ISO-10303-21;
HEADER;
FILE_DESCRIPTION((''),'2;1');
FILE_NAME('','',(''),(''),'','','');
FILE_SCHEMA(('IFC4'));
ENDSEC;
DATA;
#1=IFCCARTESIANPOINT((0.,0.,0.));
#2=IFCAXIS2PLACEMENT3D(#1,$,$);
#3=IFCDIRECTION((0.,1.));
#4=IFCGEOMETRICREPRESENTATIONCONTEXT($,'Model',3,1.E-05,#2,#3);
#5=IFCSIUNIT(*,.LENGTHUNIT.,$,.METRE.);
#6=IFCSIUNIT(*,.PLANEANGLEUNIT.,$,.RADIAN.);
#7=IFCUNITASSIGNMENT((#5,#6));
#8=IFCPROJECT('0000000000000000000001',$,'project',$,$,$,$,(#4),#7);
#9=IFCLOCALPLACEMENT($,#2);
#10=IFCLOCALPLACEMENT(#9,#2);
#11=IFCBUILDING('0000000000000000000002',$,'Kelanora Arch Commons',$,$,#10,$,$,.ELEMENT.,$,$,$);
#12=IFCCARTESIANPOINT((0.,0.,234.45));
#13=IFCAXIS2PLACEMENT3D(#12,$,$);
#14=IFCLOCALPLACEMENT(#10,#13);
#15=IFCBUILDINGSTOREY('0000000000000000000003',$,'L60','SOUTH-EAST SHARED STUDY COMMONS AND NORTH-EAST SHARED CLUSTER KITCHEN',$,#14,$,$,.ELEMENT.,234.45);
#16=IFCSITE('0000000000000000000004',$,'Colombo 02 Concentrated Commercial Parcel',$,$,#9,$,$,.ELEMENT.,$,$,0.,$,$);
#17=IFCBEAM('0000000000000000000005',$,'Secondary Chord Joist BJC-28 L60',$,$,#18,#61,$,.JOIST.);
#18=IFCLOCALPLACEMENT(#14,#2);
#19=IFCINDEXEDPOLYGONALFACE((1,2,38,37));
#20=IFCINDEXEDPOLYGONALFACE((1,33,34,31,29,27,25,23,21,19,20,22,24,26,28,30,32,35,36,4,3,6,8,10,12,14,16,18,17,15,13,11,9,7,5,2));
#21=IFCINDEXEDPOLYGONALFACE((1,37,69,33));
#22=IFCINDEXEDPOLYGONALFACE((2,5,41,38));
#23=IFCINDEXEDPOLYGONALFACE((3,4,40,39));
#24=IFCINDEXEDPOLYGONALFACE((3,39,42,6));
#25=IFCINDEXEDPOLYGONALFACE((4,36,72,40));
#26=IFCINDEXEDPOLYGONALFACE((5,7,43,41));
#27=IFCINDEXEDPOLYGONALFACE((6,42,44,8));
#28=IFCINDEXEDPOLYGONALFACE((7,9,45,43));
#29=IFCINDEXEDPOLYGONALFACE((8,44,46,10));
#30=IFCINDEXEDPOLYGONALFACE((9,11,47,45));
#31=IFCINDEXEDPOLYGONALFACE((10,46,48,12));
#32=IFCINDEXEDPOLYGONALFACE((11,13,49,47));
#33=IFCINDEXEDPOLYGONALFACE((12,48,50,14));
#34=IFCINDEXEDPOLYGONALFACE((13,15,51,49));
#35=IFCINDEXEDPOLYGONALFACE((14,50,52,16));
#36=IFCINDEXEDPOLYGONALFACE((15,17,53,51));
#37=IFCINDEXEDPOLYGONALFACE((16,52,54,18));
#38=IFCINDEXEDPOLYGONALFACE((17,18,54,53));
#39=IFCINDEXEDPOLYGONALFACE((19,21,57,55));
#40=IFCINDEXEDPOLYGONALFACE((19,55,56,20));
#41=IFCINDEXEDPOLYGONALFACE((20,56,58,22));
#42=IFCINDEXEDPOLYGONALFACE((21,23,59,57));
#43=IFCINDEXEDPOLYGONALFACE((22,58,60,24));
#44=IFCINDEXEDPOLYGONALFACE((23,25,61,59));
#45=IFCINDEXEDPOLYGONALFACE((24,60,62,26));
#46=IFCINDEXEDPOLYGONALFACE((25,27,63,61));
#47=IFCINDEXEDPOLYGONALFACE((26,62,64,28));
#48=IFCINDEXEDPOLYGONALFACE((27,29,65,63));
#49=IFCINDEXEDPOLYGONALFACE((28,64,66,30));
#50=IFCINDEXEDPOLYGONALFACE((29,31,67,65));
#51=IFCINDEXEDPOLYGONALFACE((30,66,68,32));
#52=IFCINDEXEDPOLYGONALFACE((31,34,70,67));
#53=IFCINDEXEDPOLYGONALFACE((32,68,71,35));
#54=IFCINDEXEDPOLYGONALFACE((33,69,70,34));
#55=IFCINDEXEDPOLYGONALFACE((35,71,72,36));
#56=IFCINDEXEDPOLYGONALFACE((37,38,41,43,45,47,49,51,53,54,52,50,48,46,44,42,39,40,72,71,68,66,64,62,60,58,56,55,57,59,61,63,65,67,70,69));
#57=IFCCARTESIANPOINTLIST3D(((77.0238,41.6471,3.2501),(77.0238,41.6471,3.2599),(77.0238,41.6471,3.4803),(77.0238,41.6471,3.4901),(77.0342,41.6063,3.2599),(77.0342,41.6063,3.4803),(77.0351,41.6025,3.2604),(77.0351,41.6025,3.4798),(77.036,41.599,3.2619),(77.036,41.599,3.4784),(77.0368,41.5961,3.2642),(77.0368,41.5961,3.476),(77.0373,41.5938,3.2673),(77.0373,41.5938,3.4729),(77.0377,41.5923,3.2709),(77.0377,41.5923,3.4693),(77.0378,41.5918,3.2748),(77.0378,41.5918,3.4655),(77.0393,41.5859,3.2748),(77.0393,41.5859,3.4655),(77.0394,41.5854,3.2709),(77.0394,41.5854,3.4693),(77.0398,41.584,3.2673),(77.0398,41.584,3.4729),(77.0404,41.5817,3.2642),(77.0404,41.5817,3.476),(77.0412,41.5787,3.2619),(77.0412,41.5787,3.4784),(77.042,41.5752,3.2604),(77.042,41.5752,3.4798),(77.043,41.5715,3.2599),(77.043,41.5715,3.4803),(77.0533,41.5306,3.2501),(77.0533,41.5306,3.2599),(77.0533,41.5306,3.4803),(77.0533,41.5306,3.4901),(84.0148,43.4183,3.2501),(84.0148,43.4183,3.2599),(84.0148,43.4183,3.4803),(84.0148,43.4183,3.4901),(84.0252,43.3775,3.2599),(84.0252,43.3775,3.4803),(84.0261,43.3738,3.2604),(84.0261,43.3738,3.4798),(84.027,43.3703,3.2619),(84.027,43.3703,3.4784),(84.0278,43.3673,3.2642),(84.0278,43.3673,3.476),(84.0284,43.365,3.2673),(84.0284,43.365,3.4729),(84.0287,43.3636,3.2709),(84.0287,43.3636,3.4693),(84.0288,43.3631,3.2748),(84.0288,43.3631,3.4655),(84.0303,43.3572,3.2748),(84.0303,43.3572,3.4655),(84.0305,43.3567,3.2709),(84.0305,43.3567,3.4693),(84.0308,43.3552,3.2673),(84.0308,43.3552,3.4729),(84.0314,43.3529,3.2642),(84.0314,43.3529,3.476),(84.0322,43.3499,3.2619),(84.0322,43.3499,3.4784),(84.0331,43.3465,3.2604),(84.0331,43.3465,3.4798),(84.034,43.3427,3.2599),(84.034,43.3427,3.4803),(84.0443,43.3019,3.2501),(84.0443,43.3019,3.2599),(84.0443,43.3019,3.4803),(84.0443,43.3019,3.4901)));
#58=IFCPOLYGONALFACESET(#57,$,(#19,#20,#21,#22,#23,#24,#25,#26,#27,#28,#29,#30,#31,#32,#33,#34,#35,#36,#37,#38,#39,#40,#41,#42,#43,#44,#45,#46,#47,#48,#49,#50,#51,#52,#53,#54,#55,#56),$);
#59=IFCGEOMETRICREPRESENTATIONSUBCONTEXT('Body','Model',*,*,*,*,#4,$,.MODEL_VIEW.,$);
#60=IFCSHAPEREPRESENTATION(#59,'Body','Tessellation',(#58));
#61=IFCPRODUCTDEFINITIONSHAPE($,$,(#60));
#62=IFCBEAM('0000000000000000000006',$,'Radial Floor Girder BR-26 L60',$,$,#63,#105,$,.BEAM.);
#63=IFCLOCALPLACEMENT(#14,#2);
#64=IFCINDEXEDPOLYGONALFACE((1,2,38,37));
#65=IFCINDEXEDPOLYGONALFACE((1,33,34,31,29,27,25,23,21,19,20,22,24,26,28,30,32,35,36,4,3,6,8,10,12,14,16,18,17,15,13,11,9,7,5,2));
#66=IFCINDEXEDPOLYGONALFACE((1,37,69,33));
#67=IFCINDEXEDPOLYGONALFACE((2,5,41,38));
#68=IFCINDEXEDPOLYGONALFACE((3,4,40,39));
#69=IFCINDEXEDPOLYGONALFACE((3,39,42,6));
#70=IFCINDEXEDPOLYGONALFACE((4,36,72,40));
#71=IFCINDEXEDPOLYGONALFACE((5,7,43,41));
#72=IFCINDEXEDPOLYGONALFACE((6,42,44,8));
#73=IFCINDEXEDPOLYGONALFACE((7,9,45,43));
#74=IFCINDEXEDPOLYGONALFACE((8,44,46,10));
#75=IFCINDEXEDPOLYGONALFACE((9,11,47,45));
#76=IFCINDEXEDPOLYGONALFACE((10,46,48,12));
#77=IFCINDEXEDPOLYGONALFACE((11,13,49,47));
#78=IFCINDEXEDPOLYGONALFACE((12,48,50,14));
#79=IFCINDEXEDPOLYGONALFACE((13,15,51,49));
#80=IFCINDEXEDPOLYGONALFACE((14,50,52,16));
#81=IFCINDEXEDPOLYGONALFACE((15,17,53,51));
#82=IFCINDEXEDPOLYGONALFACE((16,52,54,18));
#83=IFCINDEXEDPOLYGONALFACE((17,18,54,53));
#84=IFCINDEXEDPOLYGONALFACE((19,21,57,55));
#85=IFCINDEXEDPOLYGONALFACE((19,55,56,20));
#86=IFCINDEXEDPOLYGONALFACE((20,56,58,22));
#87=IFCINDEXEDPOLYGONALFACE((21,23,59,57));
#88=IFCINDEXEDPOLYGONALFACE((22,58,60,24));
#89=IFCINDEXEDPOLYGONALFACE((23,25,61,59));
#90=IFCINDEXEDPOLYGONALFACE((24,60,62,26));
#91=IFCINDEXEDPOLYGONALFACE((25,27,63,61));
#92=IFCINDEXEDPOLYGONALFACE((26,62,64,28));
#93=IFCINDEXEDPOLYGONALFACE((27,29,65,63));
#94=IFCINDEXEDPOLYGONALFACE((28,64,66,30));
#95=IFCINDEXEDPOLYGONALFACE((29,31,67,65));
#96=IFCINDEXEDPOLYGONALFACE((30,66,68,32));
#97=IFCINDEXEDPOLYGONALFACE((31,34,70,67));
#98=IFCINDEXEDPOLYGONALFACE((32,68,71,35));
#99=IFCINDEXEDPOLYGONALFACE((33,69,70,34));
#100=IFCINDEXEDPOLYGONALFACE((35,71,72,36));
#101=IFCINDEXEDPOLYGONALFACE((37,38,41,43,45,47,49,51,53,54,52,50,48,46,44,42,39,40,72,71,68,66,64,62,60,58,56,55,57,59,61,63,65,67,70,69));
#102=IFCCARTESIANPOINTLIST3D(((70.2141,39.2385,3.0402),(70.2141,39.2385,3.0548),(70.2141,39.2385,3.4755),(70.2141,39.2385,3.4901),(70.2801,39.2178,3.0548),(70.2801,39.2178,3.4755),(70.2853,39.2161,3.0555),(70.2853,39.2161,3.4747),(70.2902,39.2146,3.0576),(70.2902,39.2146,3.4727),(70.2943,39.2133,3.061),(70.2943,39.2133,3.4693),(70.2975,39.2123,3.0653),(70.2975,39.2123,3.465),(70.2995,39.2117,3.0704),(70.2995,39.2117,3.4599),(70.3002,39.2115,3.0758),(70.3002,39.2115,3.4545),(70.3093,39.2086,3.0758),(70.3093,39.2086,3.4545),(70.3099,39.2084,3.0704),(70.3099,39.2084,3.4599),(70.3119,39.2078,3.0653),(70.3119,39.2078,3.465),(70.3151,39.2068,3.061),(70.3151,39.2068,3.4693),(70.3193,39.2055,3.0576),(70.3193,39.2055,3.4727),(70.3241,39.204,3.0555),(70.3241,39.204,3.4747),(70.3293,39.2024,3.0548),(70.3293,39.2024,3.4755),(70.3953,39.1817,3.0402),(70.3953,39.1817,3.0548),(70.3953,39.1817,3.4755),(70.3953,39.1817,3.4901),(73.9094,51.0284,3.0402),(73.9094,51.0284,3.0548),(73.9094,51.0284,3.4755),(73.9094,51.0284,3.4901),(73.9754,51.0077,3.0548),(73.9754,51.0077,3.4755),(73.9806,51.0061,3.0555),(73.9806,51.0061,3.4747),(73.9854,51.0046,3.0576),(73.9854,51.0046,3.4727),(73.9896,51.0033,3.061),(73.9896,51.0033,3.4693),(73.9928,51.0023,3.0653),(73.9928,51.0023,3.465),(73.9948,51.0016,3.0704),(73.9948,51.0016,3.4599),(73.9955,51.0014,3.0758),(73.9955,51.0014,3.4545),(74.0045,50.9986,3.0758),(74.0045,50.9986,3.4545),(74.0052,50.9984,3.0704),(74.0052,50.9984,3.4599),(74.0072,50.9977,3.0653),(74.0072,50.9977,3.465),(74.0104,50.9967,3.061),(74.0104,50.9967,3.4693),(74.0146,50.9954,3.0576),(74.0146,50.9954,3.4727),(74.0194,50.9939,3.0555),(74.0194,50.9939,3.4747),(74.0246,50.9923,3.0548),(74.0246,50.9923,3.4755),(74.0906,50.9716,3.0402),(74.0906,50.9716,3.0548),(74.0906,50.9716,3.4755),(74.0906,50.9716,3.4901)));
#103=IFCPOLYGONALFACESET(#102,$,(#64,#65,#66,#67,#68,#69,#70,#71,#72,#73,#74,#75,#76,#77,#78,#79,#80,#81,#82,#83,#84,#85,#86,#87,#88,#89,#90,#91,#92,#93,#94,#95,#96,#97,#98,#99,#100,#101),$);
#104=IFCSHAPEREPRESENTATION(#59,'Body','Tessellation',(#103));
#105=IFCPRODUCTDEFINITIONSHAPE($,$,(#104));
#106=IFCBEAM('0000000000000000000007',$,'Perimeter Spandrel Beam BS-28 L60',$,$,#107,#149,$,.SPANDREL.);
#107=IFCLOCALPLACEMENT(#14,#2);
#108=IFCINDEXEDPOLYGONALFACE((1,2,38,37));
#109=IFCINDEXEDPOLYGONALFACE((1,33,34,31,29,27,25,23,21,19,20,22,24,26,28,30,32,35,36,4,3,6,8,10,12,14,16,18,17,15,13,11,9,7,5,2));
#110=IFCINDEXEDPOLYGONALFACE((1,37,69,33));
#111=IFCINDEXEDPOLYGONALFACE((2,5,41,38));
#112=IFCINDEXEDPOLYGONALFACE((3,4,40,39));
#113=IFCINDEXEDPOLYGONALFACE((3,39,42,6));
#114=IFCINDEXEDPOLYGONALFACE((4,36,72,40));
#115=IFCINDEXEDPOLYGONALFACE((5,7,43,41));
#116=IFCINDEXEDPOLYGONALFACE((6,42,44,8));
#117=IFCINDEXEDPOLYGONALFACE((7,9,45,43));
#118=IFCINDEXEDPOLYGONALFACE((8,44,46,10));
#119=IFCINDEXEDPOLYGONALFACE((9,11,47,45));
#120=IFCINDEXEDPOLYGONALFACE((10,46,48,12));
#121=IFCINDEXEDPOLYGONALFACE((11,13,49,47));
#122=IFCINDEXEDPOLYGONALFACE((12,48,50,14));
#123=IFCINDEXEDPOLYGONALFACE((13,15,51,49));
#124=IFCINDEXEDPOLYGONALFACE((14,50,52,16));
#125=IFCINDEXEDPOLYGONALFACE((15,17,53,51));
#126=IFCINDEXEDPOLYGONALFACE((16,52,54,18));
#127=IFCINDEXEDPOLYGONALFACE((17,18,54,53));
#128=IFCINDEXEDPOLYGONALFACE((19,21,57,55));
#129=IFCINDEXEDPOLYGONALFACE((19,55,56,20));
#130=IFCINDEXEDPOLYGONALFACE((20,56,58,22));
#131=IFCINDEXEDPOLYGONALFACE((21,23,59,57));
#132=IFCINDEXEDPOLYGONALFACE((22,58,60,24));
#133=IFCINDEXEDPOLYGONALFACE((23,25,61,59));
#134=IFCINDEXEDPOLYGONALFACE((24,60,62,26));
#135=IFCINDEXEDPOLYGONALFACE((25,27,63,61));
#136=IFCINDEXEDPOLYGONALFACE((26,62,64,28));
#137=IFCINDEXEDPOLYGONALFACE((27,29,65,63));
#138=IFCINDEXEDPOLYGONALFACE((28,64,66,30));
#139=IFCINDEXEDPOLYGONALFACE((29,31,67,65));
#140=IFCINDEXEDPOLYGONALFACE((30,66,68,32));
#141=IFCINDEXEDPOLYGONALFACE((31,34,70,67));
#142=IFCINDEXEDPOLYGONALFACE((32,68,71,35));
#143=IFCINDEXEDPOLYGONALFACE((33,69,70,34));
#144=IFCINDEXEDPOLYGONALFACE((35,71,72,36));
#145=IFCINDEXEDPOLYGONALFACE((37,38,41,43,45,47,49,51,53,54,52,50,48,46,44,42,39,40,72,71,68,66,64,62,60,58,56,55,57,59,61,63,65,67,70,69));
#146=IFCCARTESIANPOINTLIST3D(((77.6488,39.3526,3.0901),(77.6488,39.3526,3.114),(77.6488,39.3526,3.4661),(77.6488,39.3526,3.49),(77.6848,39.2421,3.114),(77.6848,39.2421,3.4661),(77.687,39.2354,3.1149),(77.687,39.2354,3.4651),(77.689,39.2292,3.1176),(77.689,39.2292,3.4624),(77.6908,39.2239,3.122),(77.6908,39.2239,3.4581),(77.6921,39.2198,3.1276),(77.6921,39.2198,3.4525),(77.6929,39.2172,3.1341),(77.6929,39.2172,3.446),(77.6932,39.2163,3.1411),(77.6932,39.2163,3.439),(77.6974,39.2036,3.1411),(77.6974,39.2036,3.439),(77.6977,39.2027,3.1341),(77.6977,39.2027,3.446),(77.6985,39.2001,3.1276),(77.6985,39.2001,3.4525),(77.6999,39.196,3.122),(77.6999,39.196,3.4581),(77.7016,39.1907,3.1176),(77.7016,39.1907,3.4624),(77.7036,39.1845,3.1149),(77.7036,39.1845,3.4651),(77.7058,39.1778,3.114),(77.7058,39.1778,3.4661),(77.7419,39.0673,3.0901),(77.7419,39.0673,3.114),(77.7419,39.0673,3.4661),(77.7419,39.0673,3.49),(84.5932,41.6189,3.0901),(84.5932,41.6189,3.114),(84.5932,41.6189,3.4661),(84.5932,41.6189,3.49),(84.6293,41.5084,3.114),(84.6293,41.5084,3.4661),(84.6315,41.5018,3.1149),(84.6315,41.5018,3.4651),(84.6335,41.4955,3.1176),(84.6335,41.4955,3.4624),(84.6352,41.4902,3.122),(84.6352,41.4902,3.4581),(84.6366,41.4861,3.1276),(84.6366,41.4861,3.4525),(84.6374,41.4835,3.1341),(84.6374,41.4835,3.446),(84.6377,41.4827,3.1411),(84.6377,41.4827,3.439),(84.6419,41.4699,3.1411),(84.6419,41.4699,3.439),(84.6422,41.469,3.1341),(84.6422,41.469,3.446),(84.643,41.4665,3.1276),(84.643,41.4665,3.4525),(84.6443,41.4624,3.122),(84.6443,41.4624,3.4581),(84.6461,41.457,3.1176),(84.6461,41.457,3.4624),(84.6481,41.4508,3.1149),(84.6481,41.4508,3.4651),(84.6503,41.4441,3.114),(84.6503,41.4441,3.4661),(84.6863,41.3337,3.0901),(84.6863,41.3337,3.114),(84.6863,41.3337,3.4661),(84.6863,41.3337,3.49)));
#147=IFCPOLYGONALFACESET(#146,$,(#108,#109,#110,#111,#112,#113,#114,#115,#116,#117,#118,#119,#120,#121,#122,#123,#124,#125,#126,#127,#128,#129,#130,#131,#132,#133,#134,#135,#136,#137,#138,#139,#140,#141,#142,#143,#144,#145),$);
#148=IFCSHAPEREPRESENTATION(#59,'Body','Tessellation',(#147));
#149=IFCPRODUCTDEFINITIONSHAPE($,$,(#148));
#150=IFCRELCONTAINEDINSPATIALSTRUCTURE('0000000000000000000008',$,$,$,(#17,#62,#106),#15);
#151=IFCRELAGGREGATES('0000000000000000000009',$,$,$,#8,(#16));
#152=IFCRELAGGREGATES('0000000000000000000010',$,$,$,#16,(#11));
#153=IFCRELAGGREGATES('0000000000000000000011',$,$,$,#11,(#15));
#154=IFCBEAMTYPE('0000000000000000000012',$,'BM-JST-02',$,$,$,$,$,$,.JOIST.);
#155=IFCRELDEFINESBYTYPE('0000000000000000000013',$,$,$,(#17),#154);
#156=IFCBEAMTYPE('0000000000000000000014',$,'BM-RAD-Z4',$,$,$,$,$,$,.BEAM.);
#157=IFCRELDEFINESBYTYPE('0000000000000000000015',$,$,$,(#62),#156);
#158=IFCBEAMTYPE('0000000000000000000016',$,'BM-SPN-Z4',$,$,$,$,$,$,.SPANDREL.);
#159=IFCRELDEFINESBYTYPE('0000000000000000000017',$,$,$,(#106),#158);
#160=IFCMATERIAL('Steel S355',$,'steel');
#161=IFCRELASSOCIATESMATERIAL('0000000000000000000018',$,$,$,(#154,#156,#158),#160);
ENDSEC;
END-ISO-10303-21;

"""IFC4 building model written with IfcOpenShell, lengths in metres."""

from ifc_helpers import new_model, si_unit, direction, frame, origin, origin_2d, place, context, subcontext, project, spatial, i_section, extrude, material, material_profile, profile_set, type_object, element, save


model = new_model("IFC4")

# Units and contexts
model_context = context("Model", 3, precision=1e-05, world=origin(), true_north=direction((0.0, 1.0)))
body_context = subcontext(model_context, "Body", "Model", "MODEL_VIEW")
ifc_project = project(units=[si_unit("LENGTHUNIT", "METRE"), si_unit("PLANEANGLEUNIT", "RADIAN")], contexts=[model_context])

# Site, building, storey
site_placement = place(None, origin())
site = spatial("IfcSite", under=ifc_project, at=site_placement, Name="Colombo 02 Concentrated Commercial Parcel", CompositionType="ELEMENT", RefElevation=0.0)
building_placement = place(site_placement, origin())
building = spatial("IfcBuilding", under=site, at=building_placement, Name="Kelanora Arch Commons", CompositionType="ELEMENT")
storey_placement = place(building_placement, frame((0.0, 0.0, 234.45)))
storey = spatial("IfcBuildingStorey", under=building, at=storey_placement, Name="L60", Description="SOUTH-EAST SHARED STUDY COMMONS AND NORTH-EAST SHARED CLUSTER KITCHEN", CompositionType="ELEMENT", Elevation=234.45)

# Beams
ifc_material_1 = material(Name="Steel S355", Category="steel")
ifc_material_profile_1 = material_profile(ifc_material_1, i_section(OverallWidth=0.1201, OverallDepth=0.24, WebThickness=0.0061, FlangeThickness=0.0098, FilletRadius=0.0149, at=origin_2d()), Name="IPE240")
ifc_profile_set_1 = profile_set([ifc_material_profile_1], Name="Steel S355")
beam_type_1 = type_object("IfcBeamType", Name="BM-JST-02", PredefinedType="JOIST", material=ifc_profile_set_1)
beam_1_placement = place(storey_placement, frame((77.0386, 41.5889, 3.3701), z_axis=(0.969371, 0.245601, 0.0), x_axis=(-0.245601, 0.969371, 0.0)))
element("IfcBeam", 1, at=beam_1_placement, inside=storey, type_object=beam_type_1, Name="Secondary Chord Joist BJC-28 L60", PredefinedType="JOIST", context=body_context, shape_type="SweptSolid", body=[
    extrude(i_section(OverallWidth=0.1201, OverallDepth=0.24, WebThickness=0.0061, FlangeThickness=0.0098, FilletRadius=0.0149, at=origin_2d()), origin(), (0.0, 0.0, 1.0), 7.2119),
])
ifc_material_profile_2 = material_profile(ifc_material_1, i_section(OverallWidth=0.1899, OverallDepth=0.45, WebThickness=0.0095, FlangeThickness=0.0146, FilletRadius=0.021, at=origin_2d()), Name="IPE450")
ifc_profile_set_2 = profile_set([ifc_material_profile_2], Name="Steel S355")
beam_type_2 = type_object("IfcBeamType", Name="BM-RAD-Z4", PredefinedType="BEAM", material=ifc_profile_set_2)
beam_2_placement = place(storey_placement, frame((74.0, 51.0, 3.2651), z_axis=(-0.29908, -0.954228, 0.0), x_axis=(0.954228, -0.29908, 0.0)))
element("IfcBeam", 2, at=beam_2_placement, inside=storey, type_object=beam_type_2, Name="Radial Floor Girder BR-26 L60", PredefinedType="BEAM", context=body_context, shape_type="SweptSolid", body=[
    extrude(i_section(OverallWidth=0.1899, OverallDepth=0.45, WebThickness=0.0095, FlangeThickness=0.0146, FilletRadius=0.021, at=origin_2d()), origin(), (0.0, 0.0, 1.0), 12.3555),
])
ifc_material_profile_3 = material_profile(ifc_material_1, i_section(OverallWidth=0.3, OverallDepth=0.3999, WebThickness=0.0134, FlangeThickness=0.0239, FilletRadius=0.0271, at=origin_2d()), Name="HEB400")
ifc_profile_set_3 = profile_set([ifc_material_profile_3], Name="Steel S355")
beam_type_3 = type_object("IfcBeamType", Name="BM-SPN-Z4", PredefinedType="SPANDREL", material=ifc_profile_set_3)
beam_3_placement = place(storey_placement, frame((77.6953, 39.21, 3.29), z_axis=(0.950656, 0.310246, 0.0), x_axis=(-0.310246, 0.950656, 0.0)))
element("IfcBeam", 3, at=beam_3_placement, inside=storey, type_object=beam_type_3, Name="Perimeter Spandrel Beam BS-28 L60", PredefinedType="SPANDREL", context=body_context, shape_type="SweptSolid", body=[
    extrude(i_section(OverallWidth=0.3, OverallDepth=0.3999, WebThickness=0.0134, FlangeThickness=0.0239, FilletRadius=0.0271, at=origin_2d()), origin(), (0.0, 0.0, 1.0), 7.3049),
])

save(model, "model.ifc")
